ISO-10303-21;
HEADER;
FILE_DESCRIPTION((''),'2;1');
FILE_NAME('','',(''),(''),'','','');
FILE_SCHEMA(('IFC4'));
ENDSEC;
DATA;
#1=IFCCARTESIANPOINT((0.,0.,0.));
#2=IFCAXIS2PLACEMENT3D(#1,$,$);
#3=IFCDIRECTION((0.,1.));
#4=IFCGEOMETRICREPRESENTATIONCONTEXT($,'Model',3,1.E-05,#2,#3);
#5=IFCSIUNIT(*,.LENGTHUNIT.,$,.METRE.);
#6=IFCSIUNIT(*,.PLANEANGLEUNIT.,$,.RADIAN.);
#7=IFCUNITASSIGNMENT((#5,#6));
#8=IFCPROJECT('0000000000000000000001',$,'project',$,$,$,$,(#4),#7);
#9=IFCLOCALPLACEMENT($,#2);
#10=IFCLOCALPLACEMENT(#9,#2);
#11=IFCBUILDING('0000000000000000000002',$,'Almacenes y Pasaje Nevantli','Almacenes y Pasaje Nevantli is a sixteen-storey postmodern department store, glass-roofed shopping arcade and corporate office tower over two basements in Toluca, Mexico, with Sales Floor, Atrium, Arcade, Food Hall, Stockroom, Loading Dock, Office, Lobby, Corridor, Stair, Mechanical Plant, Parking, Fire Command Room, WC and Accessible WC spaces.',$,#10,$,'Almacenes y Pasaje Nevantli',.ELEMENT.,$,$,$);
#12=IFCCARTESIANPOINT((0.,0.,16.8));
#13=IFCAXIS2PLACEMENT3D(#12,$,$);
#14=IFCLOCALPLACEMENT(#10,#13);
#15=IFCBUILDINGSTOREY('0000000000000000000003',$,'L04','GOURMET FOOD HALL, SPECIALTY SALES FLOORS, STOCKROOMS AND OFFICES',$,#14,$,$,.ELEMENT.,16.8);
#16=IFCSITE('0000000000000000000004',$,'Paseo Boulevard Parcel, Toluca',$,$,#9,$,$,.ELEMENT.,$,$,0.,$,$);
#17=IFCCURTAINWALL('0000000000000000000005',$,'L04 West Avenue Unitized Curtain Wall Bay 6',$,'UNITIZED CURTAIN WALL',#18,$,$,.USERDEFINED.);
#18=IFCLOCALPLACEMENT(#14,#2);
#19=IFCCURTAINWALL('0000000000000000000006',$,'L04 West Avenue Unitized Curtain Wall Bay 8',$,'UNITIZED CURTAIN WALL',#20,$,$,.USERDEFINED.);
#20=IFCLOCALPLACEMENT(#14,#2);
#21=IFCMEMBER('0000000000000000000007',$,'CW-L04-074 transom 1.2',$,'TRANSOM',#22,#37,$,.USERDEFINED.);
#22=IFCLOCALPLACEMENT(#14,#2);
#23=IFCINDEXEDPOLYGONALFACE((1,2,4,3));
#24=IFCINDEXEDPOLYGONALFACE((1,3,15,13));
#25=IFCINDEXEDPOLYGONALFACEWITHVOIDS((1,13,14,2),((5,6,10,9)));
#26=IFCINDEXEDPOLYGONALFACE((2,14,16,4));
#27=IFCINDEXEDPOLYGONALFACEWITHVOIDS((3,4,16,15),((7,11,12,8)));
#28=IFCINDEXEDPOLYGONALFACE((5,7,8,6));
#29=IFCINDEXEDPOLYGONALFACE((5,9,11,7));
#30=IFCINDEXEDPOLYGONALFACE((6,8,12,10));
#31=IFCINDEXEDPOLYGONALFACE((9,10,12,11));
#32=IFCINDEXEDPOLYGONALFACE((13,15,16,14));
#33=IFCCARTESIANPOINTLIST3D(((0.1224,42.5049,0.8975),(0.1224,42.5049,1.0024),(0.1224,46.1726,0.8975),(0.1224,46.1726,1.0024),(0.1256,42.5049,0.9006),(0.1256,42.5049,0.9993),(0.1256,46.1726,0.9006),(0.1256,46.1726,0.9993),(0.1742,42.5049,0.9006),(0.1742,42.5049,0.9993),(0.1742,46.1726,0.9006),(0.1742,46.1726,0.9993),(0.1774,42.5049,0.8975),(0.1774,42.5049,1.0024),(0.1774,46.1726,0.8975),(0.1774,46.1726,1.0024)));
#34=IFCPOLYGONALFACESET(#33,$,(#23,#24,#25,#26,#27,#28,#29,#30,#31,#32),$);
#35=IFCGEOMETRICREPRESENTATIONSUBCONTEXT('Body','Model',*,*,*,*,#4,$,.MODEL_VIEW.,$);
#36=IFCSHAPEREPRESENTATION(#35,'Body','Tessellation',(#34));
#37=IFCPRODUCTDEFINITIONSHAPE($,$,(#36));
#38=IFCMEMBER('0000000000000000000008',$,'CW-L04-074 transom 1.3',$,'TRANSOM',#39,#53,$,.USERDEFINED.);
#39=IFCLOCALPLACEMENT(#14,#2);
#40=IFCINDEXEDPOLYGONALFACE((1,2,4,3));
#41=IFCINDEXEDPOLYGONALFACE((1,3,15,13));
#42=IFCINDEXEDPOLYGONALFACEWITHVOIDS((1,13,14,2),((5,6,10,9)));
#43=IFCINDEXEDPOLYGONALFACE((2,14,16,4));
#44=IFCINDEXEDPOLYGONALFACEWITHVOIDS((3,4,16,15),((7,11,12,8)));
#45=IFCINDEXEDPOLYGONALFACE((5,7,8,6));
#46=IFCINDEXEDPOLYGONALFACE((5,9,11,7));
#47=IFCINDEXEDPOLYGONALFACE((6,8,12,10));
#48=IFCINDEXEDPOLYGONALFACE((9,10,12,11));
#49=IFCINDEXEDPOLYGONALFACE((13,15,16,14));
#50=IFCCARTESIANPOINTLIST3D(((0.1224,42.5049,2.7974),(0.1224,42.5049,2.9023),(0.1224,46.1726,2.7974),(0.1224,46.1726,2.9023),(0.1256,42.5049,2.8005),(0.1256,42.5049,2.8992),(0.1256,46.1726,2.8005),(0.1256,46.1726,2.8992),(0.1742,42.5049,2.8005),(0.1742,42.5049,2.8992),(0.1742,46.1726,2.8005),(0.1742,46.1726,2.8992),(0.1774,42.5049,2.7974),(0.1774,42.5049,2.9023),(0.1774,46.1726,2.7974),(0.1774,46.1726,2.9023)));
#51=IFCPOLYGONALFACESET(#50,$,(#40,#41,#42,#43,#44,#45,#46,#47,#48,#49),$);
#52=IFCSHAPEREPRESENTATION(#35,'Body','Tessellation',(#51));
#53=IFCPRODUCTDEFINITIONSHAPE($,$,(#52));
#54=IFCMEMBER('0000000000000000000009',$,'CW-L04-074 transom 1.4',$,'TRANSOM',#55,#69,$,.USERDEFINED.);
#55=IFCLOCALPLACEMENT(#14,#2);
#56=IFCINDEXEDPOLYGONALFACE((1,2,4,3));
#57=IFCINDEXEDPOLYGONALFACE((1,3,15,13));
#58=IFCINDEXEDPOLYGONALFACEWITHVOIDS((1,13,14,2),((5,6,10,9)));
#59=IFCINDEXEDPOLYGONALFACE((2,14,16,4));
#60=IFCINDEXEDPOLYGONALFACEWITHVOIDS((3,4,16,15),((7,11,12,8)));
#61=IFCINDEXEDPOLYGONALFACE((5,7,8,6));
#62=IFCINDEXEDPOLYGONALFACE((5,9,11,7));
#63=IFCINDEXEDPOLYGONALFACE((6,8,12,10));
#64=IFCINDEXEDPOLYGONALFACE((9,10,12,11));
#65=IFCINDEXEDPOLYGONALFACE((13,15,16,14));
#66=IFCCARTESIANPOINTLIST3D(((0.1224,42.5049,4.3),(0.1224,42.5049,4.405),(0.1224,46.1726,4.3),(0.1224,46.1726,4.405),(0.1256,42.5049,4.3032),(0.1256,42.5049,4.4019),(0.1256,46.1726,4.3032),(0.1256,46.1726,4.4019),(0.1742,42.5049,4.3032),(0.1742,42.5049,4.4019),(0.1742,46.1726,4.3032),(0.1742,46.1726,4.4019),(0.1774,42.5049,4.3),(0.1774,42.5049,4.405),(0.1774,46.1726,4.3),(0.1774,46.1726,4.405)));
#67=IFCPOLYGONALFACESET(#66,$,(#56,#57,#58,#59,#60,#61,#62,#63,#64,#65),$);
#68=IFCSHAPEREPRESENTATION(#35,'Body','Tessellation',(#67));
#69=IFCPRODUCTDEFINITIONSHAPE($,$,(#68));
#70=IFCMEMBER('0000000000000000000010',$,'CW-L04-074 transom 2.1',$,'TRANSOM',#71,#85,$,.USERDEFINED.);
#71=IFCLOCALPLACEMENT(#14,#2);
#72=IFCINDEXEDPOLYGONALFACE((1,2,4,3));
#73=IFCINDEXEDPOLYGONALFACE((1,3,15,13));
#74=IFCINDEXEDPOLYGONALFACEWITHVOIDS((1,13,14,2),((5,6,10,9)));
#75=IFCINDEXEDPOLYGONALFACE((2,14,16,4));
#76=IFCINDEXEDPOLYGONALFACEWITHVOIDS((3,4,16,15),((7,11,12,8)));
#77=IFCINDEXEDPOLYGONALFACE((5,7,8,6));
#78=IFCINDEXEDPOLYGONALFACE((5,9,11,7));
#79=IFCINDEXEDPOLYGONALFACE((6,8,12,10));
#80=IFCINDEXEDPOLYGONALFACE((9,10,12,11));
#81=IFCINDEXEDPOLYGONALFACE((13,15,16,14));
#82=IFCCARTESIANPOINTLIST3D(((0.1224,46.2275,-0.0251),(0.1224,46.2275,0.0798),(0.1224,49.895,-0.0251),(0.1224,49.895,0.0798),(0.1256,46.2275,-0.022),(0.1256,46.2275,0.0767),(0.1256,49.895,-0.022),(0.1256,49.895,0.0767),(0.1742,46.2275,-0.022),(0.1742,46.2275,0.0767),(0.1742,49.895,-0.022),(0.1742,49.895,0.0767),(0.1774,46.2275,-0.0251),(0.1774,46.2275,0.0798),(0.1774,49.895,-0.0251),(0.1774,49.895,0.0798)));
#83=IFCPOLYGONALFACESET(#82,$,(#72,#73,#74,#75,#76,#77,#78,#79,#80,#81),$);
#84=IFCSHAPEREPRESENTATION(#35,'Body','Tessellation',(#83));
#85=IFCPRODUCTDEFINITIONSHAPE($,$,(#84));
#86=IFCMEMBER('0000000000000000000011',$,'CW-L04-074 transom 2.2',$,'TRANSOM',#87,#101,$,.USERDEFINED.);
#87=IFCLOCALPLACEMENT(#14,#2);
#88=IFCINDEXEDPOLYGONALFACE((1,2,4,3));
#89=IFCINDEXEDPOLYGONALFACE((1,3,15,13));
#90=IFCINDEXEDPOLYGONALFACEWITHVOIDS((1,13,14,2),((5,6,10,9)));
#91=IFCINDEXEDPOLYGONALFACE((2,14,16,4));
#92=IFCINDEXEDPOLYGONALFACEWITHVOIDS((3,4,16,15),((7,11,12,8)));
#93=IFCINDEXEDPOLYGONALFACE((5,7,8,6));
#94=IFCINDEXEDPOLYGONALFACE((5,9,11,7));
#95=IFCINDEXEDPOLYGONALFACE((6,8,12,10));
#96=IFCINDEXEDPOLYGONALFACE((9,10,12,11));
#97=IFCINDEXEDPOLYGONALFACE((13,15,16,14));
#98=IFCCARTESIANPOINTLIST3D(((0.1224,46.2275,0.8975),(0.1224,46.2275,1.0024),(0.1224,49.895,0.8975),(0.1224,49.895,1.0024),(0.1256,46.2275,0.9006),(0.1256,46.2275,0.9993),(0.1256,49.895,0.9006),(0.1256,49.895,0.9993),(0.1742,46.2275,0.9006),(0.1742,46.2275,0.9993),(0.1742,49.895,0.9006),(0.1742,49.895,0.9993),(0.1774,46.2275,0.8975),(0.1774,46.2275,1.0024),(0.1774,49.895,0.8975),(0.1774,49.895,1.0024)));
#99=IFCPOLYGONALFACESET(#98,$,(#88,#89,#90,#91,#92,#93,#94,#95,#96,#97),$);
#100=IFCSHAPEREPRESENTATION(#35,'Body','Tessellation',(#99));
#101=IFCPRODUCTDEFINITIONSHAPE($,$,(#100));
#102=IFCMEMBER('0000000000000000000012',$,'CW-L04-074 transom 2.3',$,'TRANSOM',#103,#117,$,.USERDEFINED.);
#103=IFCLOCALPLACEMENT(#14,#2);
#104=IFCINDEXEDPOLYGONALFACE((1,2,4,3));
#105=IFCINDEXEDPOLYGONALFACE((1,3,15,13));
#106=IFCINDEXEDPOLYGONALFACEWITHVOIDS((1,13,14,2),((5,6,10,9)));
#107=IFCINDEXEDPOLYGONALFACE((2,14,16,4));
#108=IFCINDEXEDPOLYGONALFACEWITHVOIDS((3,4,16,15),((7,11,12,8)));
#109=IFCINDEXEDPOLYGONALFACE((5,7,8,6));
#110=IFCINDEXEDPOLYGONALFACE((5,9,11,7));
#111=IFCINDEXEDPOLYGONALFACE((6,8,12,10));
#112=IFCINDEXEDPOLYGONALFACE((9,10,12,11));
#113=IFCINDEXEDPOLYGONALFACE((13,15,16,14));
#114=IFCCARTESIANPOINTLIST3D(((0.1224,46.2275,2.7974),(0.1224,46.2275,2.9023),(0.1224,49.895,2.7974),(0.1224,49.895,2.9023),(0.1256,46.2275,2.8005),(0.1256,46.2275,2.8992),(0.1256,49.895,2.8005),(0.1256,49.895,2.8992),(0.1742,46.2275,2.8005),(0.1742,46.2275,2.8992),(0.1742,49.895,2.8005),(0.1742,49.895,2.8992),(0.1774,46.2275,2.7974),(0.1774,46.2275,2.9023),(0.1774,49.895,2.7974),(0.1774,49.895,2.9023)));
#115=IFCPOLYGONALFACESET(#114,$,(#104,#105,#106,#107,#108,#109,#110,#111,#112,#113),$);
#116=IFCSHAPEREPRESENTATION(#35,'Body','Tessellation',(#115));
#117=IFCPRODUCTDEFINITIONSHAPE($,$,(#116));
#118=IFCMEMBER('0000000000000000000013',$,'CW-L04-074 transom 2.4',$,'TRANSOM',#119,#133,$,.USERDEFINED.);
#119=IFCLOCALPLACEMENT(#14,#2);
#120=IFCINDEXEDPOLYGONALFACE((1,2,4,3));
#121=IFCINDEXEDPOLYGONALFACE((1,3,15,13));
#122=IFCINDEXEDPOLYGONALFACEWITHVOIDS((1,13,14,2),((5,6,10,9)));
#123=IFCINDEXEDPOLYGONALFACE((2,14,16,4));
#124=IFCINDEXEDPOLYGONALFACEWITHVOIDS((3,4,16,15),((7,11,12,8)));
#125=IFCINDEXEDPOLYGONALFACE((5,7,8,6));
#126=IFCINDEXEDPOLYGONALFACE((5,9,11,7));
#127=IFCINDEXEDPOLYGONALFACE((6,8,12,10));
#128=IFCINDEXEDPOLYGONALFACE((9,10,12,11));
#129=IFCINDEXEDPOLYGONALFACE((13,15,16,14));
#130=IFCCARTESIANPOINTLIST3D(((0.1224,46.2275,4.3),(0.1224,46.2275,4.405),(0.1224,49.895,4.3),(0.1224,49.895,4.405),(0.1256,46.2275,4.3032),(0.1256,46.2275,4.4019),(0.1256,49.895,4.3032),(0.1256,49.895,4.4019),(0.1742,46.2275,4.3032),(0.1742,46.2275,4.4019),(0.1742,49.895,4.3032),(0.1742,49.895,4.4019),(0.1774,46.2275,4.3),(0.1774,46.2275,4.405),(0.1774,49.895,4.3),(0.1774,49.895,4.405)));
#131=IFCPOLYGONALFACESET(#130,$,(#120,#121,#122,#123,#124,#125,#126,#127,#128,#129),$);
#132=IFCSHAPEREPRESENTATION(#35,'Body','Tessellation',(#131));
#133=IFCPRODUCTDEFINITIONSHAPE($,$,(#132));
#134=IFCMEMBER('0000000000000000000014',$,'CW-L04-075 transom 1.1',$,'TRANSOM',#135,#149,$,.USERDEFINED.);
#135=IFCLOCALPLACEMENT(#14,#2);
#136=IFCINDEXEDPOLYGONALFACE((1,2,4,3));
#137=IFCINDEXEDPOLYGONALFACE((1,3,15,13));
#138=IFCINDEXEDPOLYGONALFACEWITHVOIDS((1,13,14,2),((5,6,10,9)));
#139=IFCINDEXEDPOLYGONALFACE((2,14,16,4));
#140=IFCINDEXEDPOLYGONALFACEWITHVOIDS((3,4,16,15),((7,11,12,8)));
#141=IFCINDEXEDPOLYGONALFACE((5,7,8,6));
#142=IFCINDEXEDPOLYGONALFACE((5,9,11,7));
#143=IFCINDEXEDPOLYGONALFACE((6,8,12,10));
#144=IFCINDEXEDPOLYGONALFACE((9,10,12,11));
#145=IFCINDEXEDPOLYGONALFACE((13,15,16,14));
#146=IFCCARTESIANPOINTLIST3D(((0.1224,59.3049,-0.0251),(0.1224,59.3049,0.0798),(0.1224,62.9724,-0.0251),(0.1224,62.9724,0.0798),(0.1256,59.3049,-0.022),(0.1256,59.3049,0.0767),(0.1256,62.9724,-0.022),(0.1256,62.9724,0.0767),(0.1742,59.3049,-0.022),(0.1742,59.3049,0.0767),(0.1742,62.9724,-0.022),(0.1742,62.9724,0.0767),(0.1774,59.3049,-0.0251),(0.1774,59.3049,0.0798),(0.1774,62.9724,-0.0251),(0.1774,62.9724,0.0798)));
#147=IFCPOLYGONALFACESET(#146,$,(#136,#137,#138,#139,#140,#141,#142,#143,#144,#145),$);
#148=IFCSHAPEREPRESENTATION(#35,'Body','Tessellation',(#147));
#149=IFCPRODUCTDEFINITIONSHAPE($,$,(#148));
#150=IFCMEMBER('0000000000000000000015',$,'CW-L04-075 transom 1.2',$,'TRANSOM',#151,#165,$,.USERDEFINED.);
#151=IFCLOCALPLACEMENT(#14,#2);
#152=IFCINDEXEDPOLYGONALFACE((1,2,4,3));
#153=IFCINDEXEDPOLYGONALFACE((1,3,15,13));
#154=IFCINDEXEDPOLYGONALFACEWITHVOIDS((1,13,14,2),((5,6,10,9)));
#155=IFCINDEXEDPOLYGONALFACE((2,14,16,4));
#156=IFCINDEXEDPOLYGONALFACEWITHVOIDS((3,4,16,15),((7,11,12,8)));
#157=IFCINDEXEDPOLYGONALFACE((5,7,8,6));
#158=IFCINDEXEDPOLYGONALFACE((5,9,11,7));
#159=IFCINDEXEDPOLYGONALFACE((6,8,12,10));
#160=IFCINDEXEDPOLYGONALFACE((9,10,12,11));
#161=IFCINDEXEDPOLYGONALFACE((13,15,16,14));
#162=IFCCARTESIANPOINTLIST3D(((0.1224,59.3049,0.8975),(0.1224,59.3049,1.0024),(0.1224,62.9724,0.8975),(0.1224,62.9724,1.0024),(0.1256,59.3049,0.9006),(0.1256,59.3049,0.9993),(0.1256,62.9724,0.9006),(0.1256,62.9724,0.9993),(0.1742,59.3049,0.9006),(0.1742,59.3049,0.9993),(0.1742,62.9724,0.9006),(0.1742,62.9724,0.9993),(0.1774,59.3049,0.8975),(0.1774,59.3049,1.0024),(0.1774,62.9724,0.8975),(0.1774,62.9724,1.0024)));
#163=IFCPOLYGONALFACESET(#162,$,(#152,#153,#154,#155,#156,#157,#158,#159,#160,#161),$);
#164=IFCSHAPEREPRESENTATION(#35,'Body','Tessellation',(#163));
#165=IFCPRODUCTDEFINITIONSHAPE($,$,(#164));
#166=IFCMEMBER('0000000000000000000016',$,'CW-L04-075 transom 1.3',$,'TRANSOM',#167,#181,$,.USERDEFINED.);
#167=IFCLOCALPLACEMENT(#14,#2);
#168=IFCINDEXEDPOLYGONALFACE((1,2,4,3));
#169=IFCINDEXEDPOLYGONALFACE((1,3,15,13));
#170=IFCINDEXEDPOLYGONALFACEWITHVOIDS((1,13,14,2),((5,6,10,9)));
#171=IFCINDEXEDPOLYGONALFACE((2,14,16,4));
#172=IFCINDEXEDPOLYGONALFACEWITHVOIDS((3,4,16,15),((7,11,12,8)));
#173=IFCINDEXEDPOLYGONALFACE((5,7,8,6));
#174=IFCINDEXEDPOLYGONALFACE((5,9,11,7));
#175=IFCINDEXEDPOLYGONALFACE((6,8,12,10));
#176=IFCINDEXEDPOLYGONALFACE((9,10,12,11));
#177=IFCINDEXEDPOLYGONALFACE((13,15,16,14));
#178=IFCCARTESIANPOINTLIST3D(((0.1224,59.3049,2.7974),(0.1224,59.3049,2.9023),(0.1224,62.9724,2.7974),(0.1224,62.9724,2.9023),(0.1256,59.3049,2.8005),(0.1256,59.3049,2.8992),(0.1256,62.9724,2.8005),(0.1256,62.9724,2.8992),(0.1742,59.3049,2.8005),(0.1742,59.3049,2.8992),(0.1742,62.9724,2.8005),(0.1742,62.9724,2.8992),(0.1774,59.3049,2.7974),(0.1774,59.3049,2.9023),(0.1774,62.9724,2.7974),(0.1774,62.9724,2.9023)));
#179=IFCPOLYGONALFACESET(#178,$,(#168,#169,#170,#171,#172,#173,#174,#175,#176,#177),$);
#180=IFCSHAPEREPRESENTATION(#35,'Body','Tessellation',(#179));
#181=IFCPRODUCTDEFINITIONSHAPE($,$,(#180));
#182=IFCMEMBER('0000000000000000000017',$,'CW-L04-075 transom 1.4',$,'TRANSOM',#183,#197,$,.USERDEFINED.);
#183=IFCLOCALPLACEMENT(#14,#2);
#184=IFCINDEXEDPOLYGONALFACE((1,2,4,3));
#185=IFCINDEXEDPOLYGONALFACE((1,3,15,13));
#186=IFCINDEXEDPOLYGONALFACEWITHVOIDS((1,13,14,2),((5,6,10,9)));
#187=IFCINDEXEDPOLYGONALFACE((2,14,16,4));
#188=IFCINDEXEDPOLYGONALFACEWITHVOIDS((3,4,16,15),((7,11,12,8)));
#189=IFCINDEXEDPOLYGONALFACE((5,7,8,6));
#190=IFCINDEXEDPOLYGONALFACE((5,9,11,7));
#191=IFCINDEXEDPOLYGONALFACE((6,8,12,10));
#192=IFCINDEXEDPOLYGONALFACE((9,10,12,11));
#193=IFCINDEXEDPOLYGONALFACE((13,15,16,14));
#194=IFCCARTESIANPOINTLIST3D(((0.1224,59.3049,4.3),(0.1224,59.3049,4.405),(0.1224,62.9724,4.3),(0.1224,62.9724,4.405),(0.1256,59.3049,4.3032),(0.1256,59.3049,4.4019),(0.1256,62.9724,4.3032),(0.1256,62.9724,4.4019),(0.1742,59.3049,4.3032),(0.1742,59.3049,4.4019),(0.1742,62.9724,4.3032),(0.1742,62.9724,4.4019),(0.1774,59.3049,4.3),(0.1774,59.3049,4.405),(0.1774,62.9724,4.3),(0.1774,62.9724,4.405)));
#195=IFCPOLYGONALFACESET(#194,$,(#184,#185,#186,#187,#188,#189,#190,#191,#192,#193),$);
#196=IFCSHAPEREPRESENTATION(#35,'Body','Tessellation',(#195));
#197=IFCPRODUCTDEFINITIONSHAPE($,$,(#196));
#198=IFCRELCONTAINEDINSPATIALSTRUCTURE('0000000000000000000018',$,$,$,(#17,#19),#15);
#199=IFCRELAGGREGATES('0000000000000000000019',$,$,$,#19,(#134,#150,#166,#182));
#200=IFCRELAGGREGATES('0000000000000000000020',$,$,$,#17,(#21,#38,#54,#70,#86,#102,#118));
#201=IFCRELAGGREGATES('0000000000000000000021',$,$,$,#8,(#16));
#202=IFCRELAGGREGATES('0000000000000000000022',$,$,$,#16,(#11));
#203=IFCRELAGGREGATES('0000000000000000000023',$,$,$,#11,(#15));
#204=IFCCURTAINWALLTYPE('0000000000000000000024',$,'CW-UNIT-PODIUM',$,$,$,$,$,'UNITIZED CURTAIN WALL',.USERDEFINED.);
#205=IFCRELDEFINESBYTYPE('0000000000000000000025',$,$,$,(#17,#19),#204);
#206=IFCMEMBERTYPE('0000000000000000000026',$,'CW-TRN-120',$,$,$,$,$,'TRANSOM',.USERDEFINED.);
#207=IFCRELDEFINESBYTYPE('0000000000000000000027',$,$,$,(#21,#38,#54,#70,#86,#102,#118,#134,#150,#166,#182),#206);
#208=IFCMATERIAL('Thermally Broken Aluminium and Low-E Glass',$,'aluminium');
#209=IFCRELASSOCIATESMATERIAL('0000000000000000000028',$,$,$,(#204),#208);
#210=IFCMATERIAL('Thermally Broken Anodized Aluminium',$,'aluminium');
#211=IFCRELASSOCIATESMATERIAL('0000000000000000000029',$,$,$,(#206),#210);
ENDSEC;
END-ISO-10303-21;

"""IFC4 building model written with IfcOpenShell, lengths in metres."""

from ifc_helpers import new_model, si_unit, direction, frame, origin, origin_2d, place, context, subcontext, project, spatial, hollow_rectangle, extrude, material, material_profile, profile_set, type_object, element, aggregate, save


model = new_model("IFC4")

# Units and contexts
model_context = context("Model", 3, precision=1e-05, world=origin(), true_north=direction((0.0, 1.0)))
body_context = subcontext(model_context, "Body", "Model", "MODEL_VIEW")
ifc_project = project(units=[si_unit("LENGTHUNIT", "METRE"), si_unit("PLANEANGLEUNIT", "RADIAN")], contexts=[model_context])

# Site, building, storey
site_placement = place(None, origin())
site = spatial("IfcSite", under=ifc_project, at=site_placement, Name="Paseo Boulevard Parcel, Toluca", CompositionType="ELEMENT", RefElevation=0.0)
building_placement = place(site_placement, origin())
building = spatial("IfcBuilding", under=site, at=building_placement, Name="Almacenes y Pasaje Nevantli", Description="Almacenes y Pasaje Nevantli is a sixteen-storey postmodern department store, glass-roofed shopping arcade and corporate office tower over two basements in Toluca, Mexico, with Sales Floor, Atrium, Arcade, Food Hall, Stockroom, Loading Dock, Office, Lobby, Corridor, Stair, Mechanical Plant, Parking, Fire Command Room, WC and Accessible WC spaces.", LongName="Almacenes y Pasaje Nevantli", CompositionType="ELEMENT")
storey_placement = place(building_placement, frame((0.0, 0.0, 16.8)))
storey = spatial("IfcBuildingStorey", under=building, at=storey_placement, Name="L04", Description="GOURMET FOOD HALL, SPECIALTY SALES FLOORS, STOCKROOMS AND OFFICES", CompositionType="ELEMENT", Elevation=16.8)

# Curtain wall
ifc_material_1 = material(Name="Thermally Broken Aluminium and Low-E Glass", Category="aluminium")
curtain_wall_type = type_object("IfcCurtainWallType", Name="CW-UNIT-PODIUM", ElementType="UNITIZED CURTAIN WALL", PredefinedType="USERDEFINED", material=ifc_material_1)
curtain_wall_1_placement = place(storey_placement, origin())
curtain_wall_1 = element("IfcCurtainWall", 1, at=curtain_wall_1_placement, inside=storey, type_object=curtain_wall_type, Name="L04 West Avenue Unitized Curtain Wall Bay 6", ObjectType="UNITIZED CURTAIN WALL", PredefinedType="USERDEFINED")

# Curtain wall
curtain_wall_2_placement = place(storey_placement, origin())
curtain_wall_2 = element("IfcCurtainWall", 2, at=curtain_wall_2_placement, inside=storey, type_object=curtain_wall_type, Name="L04 West Avenue Unitized Curtain Wall Bay 8", ObjectType="UNITIZED CURTAIN WALL", PredefinedType="USERDEFINED")

# Members
ifc_material_2 = material(Name="Thermally Broken Anodized Aluminium", Category="aluminium")
ifc_material_profile_1 = material_profile(ifc_material_2, hollow_rectangle(XDim=0.0549, YDim=0.105, WallThickness=0.0032, at=origin_2d()), Name="ALU-TRN-55x105")
ifc_profile_set_1 = profile_set([ifc_material_profile_1], Name="Thermally Broken Anodized Aluminium")
member_type_1 = type_object("IfcMemberType", Name="CW-TRN-120", ElementType="TRANSOM", PredefinedType="USERDEFINED", material=ifc_profile_set_1)
member_1_placement = place(storey_placement, frame((0.1499, 42.5049, 0.95), z_axis=(0.0, 1.0, 0.0), x_axis=(-1.0, 0.0, 0.0)))
member_1 = element("IfcMember", 3, at=member_1_placement, type_object=member_type_1, Name="CW-L04-074 transom 1.2", ObjectType="TRANSOM", PredefinedType="USERDEFINED", context=body_context, shape_type="SweptSolid", body=[
    extrude(hollow_rectangle(XDim=0.0549, YDim=0.105, WallThickness=0.0032, at=origin_2d()), origin(), (0.0, 0.0, 1.0), 3.6677),
])
member_2_placement = place(storey_placement, frame((0.1499, 42.5049, 2.8499), z_axis=(0.0, 1.0, 0.0), x_axis=(-1.0, 0.0, 0.0)))
member_2 = element("IfcMember", 4, at=member_2_placement, type_object=member_type_1, Name="CW-L04-074 transom 1.3", ObjectType="TRANSOM", PredefinedType="USERDEFINED", context=body_context, shape_type="SweptSolid", body=[
    extrude(hollow_rectangle(XDim=0.0549, YDim=0.105, WallThickness=0.0032, at=origin_2d()), origin(), (0.0, 0.0, 1.0), 3.6677),
])
member_3_placement = place(storey_placement, frame((0.1499, 42.5049, 4.3525), z_axis=(0.0, 1.0, 0.0), x_axis=(-1.0, 0.0, 0.0)))
member_3 = element("IfcMember", 5, at=member_3_placement, type_object=member_type_1, Name="CW-L04-074 transom 1.4", ObjectType="TRANSOM", PredefinedType="USERDEFINED", context=body_context, shape_type="SweptSolid", body=[
    extrude(hollow_rectangle(XDim=0.0549, YDim=0.105, WallThickness=0.0032, at=origin_2d()), origin(), (0.0, 0.0, 1.0), 3.6677),
])
member_4_placement = place(storey_placement, frame((0.1499, 46.2275, 0.0273), z_axis=(0.0, 1.0, 0.0), x_axis=(-1.0, 0.0, 0.0)))
member_4 = element("IfcMember", 6, at=member_4_placement, type_object=member_type_1, Name="CW-L04-074 transom 2.1", ObjectType="TRANSOM", PredefinedType="USERDEFINED", context=body_context, shape_type="SweptSolid", body=[
    extrude(hollow_rectangle(XDim=0.0549, YDim=0.105, WallThickness=0.0032, at=origin_2d()), origin(), (0.0, 0.0, 1.0), 3.6675),
])
member_5_placement = place(storey_placement, frame((0.1499, 46.2275, 0.95), z_axis=(0.0, 1.0, 0.0), x_axis=(-1.0, 0.0, 0.0)))
member_5 = element("IfcMember", 7, at=member_5_placement, type_object=member_type_1, Name="CW-L04-074 transom 2.2", ObjectType="TRANSOM", PredefinedType="USERDEFINED", context=body_context, shape_type="SweptSolid", body=[
    extrude(hollow_rectangle(XDim=0.0549, YDim=0.105, WallThickness=0.0032, at=origin_2d()), origin(), (0.0, 0.0, 1.0), 3.6675),
])
member_6_placement = place(storey_placement, frame((0.1499, 46.2275, 2.8499), z_axis=(0.0, 1.0, 0.0), x_axis=(-1.0, 0.0, 0.0)))
member_6 = element("IfcMember", 8, at=member_6_placement, type_object=member_type_1, Name="CW-L04-074 transom 2.3", ObjectType="TRANSOM", PredefinedType="USERDEFINED", context=body_context, shape_type="SweptSolid", body=[
    extrude(hollow_rectangle(XDim=0.0549, YDim=0.105, WallThickness=0.0032, at=origin_2d()), origin(), (0.0, 0.0, 1.0), 3.6675),
])
member_7_placement = place(storey_placement, frame((0.1499, 46.2275, 4.3525), z_axis=(0.0, 1.0, 0.0), x_axis=(-1.0, 0.0, 0.0)))
member_7 = element("IfcMember", 9, at=member_7_placement, type_object=member_type_1, Name="CW-L04-074 transom 2.4", ObjectType="TRANSOM", PredefinedType="USERDEFINED", context=body_context, shape_type="SweptSolid", body=[
    extrude(hollow_rectangle(XDim=0.0549, YDim=0.105, WallThickness=0.0032, at=origin_2d()), origin(), (0.0, 0.0, 1.0), 3.6675),
])
member_8_placement = place(storey_placement, frame((0.1499, 59.3049, 0.0273), z_axis=(0.0, 1.0, 0.0), x_axis=(-1.0, 0.0, 0.0)))
member_8 = element("IfcMember", 10, at=member_8_placement, type_object=member_type_1, Name="CW-L04-075 transom 1.1", ObjectType="TRANSOM", PredefinedType="USERDEFINED", context=body_context, shape_type="SweptSolid", body=[
    extrude(hollow_rectangle(XDim=0.0549, YDim=0.105, WallThickness=0.0032, at=origin_2d()), origin(), (0.0, 0.0, 1.0), 3.6675),
])
member_9_placement = place(storey_placement, frame((0.1499, 59.3049, 0.95), z_axis=(0.0, 1.0, 0.0), x_axis=(-1.0, 0.0, 0.0)))
member_9 = element("IfcMember", 11, at=member_9_placement, type_object=member_type_1, Name="CW-L04-075 transom 1.2", ObjectType="TRANSOM", PredefinedType="USERDEFINED", context=body_context, shape_type="SweptSolid", body=[
    extrude(hollow_rectangle(XDim=0.0549, YDim=0.105, WallThickness=0.0032, at=origin_2d()), origin(), (0.0, 0.0, 1.0), 3.6675),
])
member_10_placement = place(storey_placement, frame((0.1499, 59.3049, 2.8499), z_axis=(0.0, 1.0, 0.0), x_axis=(-1.0, 0.0, 0.0)))
member_10 = element("IfcMember", 12, at=member_10_placement, type_object=member_type_1, Name="CW-L04-075 transom 1.3", ObjectType="TRANSOM", PredefinedType="USERDEFINED", context=body_context, shape_type="SweptSolid", body=[
    extrude(hollow_rectangle(XDim=0.0549, YDim=0.105, WallThickness=0.0032, at=origin_2d()), origin(), (0.0, 0.0, 1.0), 3.6675),
])
member_11_placement = place(storey_placement, frame((0.1499, 59.3049, 4.3525), z_axis=(0.0, 1.0, 0.0), x_axis=(-1.0, 0.0, 0.0)))
member_11 = element("IfcMember", 13, at=member_11_placement, type_object=member_type_1, Name="CW-L04-075 transom 1.4", ObjectType="TRANSOM", PredefinedType="USERDEFINED", context=body_context, shape_type="SweptSolid", body=[
    extrude(hollow_rectangle(XDim=0.0549, YDim=0.105, WallThickness=0.0032, at=origin_2d()), origin(), (0.0, 0.0, 1.0), 3.6675),
])
aggregate(curtain_wall_2, [member_8, member_9, member_10, member_11])

aggregate(curtain_wall_1, [member_1, member_2, member_3, member_4, member_5, member_6, member_7])

save(model, "model.ifc")
